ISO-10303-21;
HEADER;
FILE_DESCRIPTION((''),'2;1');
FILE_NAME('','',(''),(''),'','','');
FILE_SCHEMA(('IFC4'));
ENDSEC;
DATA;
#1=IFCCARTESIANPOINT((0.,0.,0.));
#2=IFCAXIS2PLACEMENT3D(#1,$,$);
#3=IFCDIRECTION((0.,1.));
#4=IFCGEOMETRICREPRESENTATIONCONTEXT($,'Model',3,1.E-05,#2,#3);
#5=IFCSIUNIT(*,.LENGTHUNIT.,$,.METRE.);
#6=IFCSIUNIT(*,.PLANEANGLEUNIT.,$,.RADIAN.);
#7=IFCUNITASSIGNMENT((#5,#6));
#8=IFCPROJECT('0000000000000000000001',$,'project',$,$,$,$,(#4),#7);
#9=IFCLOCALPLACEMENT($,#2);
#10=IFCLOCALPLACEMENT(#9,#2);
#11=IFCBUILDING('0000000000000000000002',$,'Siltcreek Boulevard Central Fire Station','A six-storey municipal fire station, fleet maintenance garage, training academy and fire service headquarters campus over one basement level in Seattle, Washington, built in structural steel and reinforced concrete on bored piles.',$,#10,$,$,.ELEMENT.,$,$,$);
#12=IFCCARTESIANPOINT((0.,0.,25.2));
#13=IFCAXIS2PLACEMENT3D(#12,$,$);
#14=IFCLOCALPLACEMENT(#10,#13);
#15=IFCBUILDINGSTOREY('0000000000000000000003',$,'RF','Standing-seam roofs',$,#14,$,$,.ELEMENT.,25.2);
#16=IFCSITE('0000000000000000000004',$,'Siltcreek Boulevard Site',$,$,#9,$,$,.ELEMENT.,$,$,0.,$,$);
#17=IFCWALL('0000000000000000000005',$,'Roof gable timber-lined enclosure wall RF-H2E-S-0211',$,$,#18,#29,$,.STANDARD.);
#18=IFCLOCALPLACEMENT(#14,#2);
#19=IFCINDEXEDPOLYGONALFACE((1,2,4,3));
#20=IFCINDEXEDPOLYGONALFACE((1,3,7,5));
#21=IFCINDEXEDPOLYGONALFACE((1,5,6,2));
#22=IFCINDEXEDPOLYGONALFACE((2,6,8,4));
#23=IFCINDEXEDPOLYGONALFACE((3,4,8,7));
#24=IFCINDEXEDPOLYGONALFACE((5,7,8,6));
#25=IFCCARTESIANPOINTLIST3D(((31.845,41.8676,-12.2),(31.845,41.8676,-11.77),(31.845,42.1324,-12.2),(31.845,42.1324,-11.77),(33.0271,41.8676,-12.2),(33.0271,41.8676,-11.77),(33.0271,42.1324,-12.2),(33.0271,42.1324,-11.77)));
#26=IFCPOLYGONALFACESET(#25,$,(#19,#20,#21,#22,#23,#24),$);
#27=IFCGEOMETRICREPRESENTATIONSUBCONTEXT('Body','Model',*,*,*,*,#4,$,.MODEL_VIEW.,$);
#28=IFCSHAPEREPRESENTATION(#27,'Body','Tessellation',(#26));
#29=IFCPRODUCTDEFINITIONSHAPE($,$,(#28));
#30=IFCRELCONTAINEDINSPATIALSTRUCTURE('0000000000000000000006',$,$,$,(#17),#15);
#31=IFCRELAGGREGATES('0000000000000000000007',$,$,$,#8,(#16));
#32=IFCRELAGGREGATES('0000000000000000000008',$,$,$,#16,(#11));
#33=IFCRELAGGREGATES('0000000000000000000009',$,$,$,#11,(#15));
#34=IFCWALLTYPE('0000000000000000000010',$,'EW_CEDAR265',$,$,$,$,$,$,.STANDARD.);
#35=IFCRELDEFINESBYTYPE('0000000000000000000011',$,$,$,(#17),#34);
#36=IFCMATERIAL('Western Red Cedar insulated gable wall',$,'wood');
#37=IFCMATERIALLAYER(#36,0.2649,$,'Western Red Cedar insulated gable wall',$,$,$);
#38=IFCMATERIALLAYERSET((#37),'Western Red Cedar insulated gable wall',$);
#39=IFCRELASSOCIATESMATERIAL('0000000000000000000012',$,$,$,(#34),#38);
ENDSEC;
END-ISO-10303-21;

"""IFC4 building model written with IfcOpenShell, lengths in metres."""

from ifc_helpers import new_model, si_unit, direction, frame, frame_2d, origin, place, context, subcontext, project, spatial, rectangle, extrude, material, layer, layer_set, type_object, element, save


model = new_model("IFC4")

# Units and contexts
model_context = context("Model", 3, precision=1e-05, world=origin(), true_north=direction((0.0, 1.0)))
body_context = subcontext(model_context, "Body", "Model", "MODEL_VIEW")
ifc_project = project(units=[si_unit("LENGTHUNIT", "METRE"), si_unit("PLANEANGLEUNIT", "RADIAN")], contexts=[model_context])

# Site, building, storey
site_placement = place(None, origin())
site = spatial("IfcSite", under=ifc_project, at=site_placement, Name="Siltcreek Boulevard Site", CompositionType="ELEMENT", RefElevation=0.0)
building_placement = place(site_placement, origin())
building = spatial("IfcBuilding", under=site, at=building_placement, Name="Siltcreek Boulevard Central Fire Station", Description="A six-storey municipal fire station, fleet maintenance garage, training academy and fire service headquarters campus over one basement level in Seattle, Washington, built in structural steel and reinforced concrete on bored piles.", CompositionType="ELEMENT")
storey_placement = place(building_placement, frame((0.0, 0.0, 25.2)))
storey = spatial("IfcBuildingStorey", under=building, at=storey_placement, Name="RF", Description="Standing-seam roofs", CompositionType="ELEMENT", Elevation=25.2)

# Wall
ifc_material_1 = material(Name="Western Red Cedar insulated gable wall", Category="wood")
ifc_layer_1 = layer(ifc_material_1, 0.2649, Name="Western Red Cedar insulated gable wall")
ifc_layer_set_1 = layer_set([ifc_layer_1], Name="Western Red Cedar insulated gable wall")
wall_type = type_object("IfcWallType", Name="EW_CEDAR265", PredefinedType="STANDARD", material=ifc_layer_set_1)
wall_placement = place(storey_placement, frame((33.0271, 42.0, -12.2), z_axis=(0.0, 0.0, 1.0), x_axis=(-1.0, 0.0, 0.0)))
element("IfcWall", 1, at=wall_placement, inside=storey, type_object=wall_type, Name="Roof gable timber-lined enclosure wall RF-H2E-S-0211", PredefinedType="STANDARD", context=body_context, shape_type="SweptSolid", body=[
    extrude(rectangle(XDim=1.1821, YDim=0.2649, at=frame_2d((0.5911, 0.0))), origin(), (0.0, 0.0, 1.0), 0.4299),
])

save(model, "model.ifc")
